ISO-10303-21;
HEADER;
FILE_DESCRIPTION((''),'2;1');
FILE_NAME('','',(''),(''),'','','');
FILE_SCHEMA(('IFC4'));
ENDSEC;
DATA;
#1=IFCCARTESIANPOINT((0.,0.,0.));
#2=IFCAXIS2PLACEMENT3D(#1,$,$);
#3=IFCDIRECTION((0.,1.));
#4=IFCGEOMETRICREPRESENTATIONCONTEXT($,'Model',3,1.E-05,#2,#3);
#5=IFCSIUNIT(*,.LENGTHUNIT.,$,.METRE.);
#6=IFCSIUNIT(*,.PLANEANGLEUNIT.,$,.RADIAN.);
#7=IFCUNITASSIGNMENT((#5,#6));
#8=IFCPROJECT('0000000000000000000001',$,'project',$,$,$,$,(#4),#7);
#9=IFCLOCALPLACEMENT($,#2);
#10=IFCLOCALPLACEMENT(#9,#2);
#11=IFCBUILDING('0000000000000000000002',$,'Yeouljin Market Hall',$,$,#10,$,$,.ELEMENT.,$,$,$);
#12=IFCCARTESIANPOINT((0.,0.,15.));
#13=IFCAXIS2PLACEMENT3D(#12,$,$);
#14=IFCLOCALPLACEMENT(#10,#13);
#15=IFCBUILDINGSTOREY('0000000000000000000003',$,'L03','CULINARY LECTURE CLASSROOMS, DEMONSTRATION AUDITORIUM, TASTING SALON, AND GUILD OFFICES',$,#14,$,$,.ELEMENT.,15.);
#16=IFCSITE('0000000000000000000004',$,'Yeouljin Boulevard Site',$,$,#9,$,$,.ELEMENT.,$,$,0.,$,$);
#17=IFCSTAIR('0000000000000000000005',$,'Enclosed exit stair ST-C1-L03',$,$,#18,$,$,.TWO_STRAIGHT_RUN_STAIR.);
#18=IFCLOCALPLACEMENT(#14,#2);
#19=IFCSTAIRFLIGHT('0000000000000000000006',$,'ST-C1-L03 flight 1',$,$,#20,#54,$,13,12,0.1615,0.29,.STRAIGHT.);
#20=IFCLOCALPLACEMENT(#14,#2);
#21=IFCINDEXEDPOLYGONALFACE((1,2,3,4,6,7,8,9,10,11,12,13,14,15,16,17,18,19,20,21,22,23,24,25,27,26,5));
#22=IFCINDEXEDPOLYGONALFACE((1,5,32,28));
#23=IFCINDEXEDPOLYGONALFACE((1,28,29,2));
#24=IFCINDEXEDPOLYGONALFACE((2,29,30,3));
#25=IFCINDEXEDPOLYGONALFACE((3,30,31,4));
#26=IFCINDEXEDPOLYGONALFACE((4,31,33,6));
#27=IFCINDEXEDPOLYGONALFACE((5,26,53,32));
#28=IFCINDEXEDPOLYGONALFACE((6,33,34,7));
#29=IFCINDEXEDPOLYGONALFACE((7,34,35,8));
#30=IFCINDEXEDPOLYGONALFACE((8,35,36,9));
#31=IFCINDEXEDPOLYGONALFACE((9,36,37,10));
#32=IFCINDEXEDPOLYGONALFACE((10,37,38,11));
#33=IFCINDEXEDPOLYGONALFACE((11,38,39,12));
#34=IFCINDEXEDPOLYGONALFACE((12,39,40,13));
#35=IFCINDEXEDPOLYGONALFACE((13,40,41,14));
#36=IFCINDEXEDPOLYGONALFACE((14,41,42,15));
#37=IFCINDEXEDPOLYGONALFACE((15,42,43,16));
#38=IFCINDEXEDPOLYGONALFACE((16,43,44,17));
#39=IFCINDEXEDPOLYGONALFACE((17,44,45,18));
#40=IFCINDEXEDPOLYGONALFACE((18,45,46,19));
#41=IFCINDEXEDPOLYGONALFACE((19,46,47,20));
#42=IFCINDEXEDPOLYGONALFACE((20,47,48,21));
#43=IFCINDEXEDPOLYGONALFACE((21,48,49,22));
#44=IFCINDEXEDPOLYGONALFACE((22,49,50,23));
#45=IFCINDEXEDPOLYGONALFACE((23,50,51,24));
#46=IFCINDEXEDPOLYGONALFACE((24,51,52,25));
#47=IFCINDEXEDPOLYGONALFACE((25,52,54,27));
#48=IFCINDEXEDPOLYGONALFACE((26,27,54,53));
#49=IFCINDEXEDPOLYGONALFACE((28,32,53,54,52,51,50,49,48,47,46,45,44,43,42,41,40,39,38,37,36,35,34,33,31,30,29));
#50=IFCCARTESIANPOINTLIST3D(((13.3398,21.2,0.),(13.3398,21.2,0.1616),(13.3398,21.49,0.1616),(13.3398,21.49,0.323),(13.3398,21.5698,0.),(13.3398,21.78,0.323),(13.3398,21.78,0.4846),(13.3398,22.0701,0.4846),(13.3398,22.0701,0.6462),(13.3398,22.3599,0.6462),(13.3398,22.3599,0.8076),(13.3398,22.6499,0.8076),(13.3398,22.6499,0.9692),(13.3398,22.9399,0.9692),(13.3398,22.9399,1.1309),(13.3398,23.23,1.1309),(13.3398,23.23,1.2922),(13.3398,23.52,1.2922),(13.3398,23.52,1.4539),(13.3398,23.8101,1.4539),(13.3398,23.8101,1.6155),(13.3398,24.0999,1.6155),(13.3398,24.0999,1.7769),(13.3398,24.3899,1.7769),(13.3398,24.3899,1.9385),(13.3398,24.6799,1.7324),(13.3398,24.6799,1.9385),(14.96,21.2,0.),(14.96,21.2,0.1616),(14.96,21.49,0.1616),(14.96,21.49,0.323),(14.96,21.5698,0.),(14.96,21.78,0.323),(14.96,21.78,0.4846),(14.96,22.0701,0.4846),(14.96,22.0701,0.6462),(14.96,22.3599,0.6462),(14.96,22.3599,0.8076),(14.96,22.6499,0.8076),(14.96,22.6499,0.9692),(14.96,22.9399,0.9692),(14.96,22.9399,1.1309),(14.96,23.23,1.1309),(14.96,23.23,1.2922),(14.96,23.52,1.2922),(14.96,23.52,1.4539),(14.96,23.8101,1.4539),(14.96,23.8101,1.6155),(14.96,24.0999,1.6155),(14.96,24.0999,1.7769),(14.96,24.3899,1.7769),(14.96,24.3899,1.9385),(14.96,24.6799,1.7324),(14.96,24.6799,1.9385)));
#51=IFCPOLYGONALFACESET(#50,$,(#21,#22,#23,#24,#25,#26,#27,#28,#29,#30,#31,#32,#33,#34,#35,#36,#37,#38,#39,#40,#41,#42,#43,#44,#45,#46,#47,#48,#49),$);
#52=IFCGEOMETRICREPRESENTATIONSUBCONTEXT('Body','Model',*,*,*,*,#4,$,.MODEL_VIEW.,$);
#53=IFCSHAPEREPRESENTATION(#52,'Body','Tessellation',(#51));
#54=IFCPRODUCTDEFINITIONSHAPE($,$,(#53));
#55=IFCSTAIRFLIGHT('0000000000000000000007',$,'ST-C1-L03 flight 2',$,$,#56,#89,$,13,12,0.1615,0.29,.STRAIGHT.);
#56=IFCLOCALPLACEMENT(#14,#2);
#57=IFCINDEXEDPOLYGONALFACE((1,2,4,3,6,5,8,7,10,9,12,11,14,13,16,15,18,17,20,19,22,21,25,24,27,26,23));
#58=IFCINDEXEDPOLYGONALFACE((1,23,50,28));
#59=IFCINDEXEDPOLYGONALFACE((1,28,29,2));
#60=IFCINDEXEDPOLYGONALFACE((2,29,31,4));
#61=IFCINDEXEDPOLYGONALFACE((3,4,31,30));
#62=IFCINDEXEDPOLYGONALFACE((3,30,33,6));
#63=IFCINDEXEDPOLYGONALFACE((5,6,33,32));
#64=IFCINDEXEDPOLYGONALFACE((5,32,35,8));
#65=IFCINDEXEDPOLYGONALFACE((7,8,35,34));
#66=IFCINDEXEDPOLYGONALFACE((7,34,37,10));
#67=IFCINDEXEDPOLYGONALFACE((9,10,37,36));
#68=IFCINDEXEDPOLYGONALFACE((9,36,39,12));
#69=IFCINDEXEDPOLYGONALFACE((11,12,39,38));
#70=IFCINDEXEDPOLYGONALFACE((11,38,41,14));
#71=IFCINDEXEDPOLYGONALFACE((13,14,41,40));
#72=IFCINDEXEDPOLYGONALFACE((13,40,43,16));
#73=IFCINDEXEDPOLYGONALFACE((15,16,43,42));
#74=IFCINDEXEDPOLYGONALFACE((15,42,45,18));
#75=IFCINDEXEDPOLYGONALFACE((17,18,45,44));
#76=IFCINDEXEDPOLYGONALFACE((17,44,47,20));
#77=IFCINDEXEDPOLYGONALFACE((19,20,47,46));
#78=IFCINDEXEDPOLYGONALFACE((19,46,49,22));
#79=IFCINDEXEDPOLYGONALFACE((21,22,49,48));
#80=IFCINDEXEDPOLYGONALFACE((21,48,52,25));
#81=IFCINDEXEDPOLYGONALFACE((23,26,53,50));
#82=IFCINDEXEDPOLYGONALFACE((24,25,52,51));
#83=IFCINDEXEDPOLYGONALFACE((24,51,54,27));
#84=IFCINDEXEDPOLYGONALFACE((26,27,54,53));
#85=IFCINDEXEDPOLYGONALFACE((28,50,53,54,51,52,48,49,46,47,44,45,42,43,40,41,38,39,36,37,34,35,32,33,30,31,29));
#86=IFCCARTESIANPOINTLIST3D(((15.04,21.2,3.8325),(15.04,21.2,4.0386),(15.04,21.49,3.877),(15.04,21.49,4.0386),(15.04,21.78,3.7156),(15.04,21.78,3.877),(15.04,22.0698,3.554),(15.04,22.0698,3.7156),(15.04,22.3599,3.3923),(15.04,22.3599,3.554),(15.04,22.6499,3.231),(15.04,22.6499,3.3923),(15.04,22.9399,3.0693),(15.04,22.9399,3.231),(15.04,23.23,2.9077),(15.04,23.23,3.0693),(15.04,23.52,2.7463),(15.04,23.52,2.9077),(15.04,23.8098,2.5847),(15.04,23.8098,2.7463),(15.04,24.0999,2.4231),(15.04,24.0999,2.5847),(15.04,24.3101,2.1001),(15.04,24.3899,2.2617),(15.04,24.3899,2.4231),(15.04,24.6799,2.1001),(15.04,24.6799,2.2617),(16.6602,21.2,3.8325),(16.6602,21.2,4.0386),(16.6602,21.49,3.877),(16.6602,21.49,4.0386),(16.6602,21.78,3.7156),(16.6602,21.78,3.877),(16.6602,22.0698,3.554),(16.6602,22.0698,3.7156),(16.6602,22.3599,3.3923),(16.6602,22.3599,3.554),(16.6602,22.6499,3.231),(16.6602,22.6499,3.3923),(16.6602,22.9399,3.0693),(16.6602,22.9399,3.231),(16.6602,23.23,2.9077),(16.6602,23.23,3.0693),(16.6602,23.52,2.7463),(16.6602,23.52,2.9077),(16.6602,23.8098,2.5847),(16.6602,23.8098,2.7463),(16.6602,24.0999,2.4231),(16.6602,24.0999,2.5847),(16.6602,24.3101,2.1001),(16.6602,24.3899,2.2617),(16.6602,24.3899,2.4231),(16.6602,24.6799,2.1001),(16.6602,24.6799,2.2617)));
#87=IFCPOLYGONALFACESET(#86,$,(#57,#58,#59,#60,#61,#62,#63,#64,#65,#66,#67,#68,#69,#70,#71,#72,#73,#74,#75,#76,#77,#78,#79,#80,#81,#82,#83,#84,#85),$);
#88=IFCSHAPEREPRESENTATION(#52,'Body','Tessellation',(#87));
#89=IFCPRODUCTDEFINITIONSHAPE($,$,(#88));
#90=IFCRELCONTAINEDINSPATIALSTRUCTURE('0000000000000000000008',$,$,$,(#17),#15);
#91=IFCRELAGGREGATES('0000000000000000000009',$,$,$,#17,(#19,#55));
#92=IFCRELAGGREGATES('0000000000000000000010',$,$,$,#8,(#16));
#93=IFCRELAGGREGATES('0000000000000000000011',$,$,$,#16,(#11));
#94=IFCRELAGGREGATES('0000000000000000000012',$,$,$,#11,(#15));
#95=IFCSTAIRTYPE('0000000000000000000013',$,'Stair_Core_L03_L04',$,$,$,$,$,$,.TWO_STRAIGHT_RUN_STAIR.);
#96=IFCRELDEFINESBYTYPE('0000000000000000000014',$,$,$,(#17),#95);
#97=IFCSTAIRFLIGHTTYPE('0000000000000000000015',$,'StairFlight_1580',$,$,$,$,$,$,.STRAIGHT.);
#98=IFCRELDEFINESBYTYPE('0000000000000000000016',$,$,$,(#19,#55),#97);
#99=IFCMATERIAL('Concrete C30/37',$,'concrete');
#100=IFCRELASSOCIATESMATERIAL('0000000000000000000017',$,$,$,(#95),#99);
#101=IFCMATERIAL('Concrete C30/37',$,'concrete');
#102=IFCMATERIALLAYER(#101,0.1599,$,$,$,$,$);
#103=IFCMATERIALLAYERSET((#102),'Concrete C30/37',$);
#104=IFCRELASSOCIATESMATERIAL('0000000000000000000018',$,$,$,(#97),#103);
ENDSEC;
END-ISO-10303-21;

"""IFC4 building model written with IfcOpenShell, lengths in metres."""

from ifc_helpers import new_model, si_unit, direction, frame, origin, place, context, subcontext, project, spatial, polyline, outline, extrude, material, layer, layer_set, type_object, element, aggregate, save


model = new_model("IFC4")

# Units and contexts
model_context = context("Model", 3, precision=1e-05, world=origin(), true_north=direction((0.0, 1.0)))
body_context = subcontext(model_context, "Body", "Model", "MODEL_VIEW")
ifc_project = project(units=[si_unit("LENGTHUNIT", "METRE"), si_unit("PLANEANGLEUNIT", "RADIAN")], contexts=[model_context])

# Site, building, storey
site_placement = place(None, origin())
site = spatial("IfcSite", under=ifc_project, at=site_placement, Name="Yeouljin Boulevard Site", CompositionType="ELEMENT", RefElevation=0.0)
building_placement = place(site_placement, origin())
building = spatial("IfcBuilding", under=site, at=building_placement, Name="Yeouljin Market Hall", CompositionType="ELEMENT")
storey_placement = place(building_placement, frame((0.0, 0.0, 15.0)))
storey = spatial("IfcBuildingStorey", under=building, at=storey_placement, Name="L03", Description="CULINARY LECTURE CLASSROOMS, DEMONSTRATION AUDITORIUM, TASTING SALON, AND GUILD OFFICES", CompositionType="ELEMENT", Elevation=15.0)

# Stair, stair flights
ifc_material_1 = material(Name="Concrete C30/37", Category="concrete")
stair_type = type_object("IfcStairType", Name="Stair_Core_L03_L04", PredefinedType="TWO_STRAIGHT_RUN_STAIR", material=ifc_material_1)
stair_placement = place(storey_placement, origin())
stair = element("IfcStair", 1, at=stair_placement, inside=storey, type_object=stair_type, Name="Enclosed exit stair ST-C1-L03", PredefinedType="TWO_STRAIGHT_RUN_STAIR")
ifc_material_2 = material(Name="Concrete C30/37", Category="concrete")
ifc_layer_1 = layer(ifc_material_2, 0.1599)
ifc_layer_set_1 = layer_set([ifc_layer_1], Name="Concrete C30/37")
stair_flight_type = type_object("IfcStairFlightType", Name="StairFlight_1580", PredefinedType="STRAIGHT", material=ifc_layer_set_1)
stair_flight_1_placement = place(storey_placement, frame((14.1499, 21.2, 0.0), z_axis=(0.0, 0.0, 1.0), x_axis=(0.0, 1.0, 0.0)))
stair_flight_1 = element("IfcStairFlight", 2, at=stair_flight_1_placement, type_object=stair_flight_type, Name="ST-C1-L03 flight 1", NumberOfRisers=13, NumberOfTreads=12, PredefinedType="STRAIGHT", RiserHeight=0.1615, TreadLength=0.29, context=body_context, shape_type="SweptSolid", body=[
    extrude(outline(polyline([(0.0, 0.0), (0.0, 0.1616), (0.29, 0.1616), (0.29, 0.323), (0.5801, 0.323), (0.5801, 0.4846), (0.8701, 0.4846), (0.8701, 0.6462), (1.1599, 0.6462), (1.1599, 0.8076), (1.45, 0.8076), (1.45, 0.9692), (1.74, 0.9692), (1.74, 1.1309), (2.03, 1.1309), (2.03, 1.2922), (2.3201, 1.2922), (2.3201, 1.4539), (2.6101, 1.4539), (2.6101, 1.6155), (2.8999, 1.6155), (2.8999, 1.7769), (3.1899, 1.7769), (3.1899, 1.9385), (3.48, 1.9385), (3.48, 2.1001), (3.48, 1.7324), (0.3699, 0.0), (0.0, 0.0)])), frame((0.0, 0.8101, 0.0), z_axis=(0.0, -1.0, 0.0), x_axis=(1.0, 0.0, 0.0)), (0.0, 0.0, 1.0), 1.6201),
])
stair_flight_2_placement = place(storey_placement, frame((15.8501, 24.6799, 2.1001), z_axis=(0.0, 0.0, 1.0), x_axis=(0.0, -1.0, 0.0)))
stair_flight_2 = element("IfcStairFlight", 3, at=stair_flight_2_placement, type_object=stair_flight_type, Name="ST-C1-L03 flight 2", NumberOfRisers=13, NumberOfTreads=12, PredefinedType="STRAIGHT", RiserHeight=0.1615, TreadLength=0.29, context=body_context, shape_type="SweptSolid", body=[
    extrude(outline(polyline([(0.0, 0.0), (0.0, 0.1616), (0.29, 0.1616), (0.29, 0.323), (0.5801, 0.323), (0.5801, 0.4846), (0.8701, 0.4846), (0.8701, 0.6462), (1.1599, 0.6462), (1.1599, 0.8076), (1.45, 0.8076), (1.45, 0.9692), (1.74, 0.9692), (1.74, 1.1309), (2.03, 1.1309), (2.03, 1.2922), (2.3201, 1.2922), (2.3201, 1.4539), (2.6101, 1.4539), (2.6101, 1.6155), (2.8999, 1.6155), (2.8999, 1.7769), (3.1899, 1.7769), (3.1899, 1.9385), (3.48, 1.9385), (3.48, 2.1001), (3.48, 1.7324), (0.3699, 0.0), (0.0, 0.0)])), frame((0.0, 0.8101, 0.0), z_axis=(0.0, -1.0, 0.0), x_axis=(1.0, 0.0, 0.0)), (0.0, 0.0, 1.0), 1.6201),
])
aggregate(stair, [stair_flight_1, stair_flight_2])

save(model, "model.ifc")
